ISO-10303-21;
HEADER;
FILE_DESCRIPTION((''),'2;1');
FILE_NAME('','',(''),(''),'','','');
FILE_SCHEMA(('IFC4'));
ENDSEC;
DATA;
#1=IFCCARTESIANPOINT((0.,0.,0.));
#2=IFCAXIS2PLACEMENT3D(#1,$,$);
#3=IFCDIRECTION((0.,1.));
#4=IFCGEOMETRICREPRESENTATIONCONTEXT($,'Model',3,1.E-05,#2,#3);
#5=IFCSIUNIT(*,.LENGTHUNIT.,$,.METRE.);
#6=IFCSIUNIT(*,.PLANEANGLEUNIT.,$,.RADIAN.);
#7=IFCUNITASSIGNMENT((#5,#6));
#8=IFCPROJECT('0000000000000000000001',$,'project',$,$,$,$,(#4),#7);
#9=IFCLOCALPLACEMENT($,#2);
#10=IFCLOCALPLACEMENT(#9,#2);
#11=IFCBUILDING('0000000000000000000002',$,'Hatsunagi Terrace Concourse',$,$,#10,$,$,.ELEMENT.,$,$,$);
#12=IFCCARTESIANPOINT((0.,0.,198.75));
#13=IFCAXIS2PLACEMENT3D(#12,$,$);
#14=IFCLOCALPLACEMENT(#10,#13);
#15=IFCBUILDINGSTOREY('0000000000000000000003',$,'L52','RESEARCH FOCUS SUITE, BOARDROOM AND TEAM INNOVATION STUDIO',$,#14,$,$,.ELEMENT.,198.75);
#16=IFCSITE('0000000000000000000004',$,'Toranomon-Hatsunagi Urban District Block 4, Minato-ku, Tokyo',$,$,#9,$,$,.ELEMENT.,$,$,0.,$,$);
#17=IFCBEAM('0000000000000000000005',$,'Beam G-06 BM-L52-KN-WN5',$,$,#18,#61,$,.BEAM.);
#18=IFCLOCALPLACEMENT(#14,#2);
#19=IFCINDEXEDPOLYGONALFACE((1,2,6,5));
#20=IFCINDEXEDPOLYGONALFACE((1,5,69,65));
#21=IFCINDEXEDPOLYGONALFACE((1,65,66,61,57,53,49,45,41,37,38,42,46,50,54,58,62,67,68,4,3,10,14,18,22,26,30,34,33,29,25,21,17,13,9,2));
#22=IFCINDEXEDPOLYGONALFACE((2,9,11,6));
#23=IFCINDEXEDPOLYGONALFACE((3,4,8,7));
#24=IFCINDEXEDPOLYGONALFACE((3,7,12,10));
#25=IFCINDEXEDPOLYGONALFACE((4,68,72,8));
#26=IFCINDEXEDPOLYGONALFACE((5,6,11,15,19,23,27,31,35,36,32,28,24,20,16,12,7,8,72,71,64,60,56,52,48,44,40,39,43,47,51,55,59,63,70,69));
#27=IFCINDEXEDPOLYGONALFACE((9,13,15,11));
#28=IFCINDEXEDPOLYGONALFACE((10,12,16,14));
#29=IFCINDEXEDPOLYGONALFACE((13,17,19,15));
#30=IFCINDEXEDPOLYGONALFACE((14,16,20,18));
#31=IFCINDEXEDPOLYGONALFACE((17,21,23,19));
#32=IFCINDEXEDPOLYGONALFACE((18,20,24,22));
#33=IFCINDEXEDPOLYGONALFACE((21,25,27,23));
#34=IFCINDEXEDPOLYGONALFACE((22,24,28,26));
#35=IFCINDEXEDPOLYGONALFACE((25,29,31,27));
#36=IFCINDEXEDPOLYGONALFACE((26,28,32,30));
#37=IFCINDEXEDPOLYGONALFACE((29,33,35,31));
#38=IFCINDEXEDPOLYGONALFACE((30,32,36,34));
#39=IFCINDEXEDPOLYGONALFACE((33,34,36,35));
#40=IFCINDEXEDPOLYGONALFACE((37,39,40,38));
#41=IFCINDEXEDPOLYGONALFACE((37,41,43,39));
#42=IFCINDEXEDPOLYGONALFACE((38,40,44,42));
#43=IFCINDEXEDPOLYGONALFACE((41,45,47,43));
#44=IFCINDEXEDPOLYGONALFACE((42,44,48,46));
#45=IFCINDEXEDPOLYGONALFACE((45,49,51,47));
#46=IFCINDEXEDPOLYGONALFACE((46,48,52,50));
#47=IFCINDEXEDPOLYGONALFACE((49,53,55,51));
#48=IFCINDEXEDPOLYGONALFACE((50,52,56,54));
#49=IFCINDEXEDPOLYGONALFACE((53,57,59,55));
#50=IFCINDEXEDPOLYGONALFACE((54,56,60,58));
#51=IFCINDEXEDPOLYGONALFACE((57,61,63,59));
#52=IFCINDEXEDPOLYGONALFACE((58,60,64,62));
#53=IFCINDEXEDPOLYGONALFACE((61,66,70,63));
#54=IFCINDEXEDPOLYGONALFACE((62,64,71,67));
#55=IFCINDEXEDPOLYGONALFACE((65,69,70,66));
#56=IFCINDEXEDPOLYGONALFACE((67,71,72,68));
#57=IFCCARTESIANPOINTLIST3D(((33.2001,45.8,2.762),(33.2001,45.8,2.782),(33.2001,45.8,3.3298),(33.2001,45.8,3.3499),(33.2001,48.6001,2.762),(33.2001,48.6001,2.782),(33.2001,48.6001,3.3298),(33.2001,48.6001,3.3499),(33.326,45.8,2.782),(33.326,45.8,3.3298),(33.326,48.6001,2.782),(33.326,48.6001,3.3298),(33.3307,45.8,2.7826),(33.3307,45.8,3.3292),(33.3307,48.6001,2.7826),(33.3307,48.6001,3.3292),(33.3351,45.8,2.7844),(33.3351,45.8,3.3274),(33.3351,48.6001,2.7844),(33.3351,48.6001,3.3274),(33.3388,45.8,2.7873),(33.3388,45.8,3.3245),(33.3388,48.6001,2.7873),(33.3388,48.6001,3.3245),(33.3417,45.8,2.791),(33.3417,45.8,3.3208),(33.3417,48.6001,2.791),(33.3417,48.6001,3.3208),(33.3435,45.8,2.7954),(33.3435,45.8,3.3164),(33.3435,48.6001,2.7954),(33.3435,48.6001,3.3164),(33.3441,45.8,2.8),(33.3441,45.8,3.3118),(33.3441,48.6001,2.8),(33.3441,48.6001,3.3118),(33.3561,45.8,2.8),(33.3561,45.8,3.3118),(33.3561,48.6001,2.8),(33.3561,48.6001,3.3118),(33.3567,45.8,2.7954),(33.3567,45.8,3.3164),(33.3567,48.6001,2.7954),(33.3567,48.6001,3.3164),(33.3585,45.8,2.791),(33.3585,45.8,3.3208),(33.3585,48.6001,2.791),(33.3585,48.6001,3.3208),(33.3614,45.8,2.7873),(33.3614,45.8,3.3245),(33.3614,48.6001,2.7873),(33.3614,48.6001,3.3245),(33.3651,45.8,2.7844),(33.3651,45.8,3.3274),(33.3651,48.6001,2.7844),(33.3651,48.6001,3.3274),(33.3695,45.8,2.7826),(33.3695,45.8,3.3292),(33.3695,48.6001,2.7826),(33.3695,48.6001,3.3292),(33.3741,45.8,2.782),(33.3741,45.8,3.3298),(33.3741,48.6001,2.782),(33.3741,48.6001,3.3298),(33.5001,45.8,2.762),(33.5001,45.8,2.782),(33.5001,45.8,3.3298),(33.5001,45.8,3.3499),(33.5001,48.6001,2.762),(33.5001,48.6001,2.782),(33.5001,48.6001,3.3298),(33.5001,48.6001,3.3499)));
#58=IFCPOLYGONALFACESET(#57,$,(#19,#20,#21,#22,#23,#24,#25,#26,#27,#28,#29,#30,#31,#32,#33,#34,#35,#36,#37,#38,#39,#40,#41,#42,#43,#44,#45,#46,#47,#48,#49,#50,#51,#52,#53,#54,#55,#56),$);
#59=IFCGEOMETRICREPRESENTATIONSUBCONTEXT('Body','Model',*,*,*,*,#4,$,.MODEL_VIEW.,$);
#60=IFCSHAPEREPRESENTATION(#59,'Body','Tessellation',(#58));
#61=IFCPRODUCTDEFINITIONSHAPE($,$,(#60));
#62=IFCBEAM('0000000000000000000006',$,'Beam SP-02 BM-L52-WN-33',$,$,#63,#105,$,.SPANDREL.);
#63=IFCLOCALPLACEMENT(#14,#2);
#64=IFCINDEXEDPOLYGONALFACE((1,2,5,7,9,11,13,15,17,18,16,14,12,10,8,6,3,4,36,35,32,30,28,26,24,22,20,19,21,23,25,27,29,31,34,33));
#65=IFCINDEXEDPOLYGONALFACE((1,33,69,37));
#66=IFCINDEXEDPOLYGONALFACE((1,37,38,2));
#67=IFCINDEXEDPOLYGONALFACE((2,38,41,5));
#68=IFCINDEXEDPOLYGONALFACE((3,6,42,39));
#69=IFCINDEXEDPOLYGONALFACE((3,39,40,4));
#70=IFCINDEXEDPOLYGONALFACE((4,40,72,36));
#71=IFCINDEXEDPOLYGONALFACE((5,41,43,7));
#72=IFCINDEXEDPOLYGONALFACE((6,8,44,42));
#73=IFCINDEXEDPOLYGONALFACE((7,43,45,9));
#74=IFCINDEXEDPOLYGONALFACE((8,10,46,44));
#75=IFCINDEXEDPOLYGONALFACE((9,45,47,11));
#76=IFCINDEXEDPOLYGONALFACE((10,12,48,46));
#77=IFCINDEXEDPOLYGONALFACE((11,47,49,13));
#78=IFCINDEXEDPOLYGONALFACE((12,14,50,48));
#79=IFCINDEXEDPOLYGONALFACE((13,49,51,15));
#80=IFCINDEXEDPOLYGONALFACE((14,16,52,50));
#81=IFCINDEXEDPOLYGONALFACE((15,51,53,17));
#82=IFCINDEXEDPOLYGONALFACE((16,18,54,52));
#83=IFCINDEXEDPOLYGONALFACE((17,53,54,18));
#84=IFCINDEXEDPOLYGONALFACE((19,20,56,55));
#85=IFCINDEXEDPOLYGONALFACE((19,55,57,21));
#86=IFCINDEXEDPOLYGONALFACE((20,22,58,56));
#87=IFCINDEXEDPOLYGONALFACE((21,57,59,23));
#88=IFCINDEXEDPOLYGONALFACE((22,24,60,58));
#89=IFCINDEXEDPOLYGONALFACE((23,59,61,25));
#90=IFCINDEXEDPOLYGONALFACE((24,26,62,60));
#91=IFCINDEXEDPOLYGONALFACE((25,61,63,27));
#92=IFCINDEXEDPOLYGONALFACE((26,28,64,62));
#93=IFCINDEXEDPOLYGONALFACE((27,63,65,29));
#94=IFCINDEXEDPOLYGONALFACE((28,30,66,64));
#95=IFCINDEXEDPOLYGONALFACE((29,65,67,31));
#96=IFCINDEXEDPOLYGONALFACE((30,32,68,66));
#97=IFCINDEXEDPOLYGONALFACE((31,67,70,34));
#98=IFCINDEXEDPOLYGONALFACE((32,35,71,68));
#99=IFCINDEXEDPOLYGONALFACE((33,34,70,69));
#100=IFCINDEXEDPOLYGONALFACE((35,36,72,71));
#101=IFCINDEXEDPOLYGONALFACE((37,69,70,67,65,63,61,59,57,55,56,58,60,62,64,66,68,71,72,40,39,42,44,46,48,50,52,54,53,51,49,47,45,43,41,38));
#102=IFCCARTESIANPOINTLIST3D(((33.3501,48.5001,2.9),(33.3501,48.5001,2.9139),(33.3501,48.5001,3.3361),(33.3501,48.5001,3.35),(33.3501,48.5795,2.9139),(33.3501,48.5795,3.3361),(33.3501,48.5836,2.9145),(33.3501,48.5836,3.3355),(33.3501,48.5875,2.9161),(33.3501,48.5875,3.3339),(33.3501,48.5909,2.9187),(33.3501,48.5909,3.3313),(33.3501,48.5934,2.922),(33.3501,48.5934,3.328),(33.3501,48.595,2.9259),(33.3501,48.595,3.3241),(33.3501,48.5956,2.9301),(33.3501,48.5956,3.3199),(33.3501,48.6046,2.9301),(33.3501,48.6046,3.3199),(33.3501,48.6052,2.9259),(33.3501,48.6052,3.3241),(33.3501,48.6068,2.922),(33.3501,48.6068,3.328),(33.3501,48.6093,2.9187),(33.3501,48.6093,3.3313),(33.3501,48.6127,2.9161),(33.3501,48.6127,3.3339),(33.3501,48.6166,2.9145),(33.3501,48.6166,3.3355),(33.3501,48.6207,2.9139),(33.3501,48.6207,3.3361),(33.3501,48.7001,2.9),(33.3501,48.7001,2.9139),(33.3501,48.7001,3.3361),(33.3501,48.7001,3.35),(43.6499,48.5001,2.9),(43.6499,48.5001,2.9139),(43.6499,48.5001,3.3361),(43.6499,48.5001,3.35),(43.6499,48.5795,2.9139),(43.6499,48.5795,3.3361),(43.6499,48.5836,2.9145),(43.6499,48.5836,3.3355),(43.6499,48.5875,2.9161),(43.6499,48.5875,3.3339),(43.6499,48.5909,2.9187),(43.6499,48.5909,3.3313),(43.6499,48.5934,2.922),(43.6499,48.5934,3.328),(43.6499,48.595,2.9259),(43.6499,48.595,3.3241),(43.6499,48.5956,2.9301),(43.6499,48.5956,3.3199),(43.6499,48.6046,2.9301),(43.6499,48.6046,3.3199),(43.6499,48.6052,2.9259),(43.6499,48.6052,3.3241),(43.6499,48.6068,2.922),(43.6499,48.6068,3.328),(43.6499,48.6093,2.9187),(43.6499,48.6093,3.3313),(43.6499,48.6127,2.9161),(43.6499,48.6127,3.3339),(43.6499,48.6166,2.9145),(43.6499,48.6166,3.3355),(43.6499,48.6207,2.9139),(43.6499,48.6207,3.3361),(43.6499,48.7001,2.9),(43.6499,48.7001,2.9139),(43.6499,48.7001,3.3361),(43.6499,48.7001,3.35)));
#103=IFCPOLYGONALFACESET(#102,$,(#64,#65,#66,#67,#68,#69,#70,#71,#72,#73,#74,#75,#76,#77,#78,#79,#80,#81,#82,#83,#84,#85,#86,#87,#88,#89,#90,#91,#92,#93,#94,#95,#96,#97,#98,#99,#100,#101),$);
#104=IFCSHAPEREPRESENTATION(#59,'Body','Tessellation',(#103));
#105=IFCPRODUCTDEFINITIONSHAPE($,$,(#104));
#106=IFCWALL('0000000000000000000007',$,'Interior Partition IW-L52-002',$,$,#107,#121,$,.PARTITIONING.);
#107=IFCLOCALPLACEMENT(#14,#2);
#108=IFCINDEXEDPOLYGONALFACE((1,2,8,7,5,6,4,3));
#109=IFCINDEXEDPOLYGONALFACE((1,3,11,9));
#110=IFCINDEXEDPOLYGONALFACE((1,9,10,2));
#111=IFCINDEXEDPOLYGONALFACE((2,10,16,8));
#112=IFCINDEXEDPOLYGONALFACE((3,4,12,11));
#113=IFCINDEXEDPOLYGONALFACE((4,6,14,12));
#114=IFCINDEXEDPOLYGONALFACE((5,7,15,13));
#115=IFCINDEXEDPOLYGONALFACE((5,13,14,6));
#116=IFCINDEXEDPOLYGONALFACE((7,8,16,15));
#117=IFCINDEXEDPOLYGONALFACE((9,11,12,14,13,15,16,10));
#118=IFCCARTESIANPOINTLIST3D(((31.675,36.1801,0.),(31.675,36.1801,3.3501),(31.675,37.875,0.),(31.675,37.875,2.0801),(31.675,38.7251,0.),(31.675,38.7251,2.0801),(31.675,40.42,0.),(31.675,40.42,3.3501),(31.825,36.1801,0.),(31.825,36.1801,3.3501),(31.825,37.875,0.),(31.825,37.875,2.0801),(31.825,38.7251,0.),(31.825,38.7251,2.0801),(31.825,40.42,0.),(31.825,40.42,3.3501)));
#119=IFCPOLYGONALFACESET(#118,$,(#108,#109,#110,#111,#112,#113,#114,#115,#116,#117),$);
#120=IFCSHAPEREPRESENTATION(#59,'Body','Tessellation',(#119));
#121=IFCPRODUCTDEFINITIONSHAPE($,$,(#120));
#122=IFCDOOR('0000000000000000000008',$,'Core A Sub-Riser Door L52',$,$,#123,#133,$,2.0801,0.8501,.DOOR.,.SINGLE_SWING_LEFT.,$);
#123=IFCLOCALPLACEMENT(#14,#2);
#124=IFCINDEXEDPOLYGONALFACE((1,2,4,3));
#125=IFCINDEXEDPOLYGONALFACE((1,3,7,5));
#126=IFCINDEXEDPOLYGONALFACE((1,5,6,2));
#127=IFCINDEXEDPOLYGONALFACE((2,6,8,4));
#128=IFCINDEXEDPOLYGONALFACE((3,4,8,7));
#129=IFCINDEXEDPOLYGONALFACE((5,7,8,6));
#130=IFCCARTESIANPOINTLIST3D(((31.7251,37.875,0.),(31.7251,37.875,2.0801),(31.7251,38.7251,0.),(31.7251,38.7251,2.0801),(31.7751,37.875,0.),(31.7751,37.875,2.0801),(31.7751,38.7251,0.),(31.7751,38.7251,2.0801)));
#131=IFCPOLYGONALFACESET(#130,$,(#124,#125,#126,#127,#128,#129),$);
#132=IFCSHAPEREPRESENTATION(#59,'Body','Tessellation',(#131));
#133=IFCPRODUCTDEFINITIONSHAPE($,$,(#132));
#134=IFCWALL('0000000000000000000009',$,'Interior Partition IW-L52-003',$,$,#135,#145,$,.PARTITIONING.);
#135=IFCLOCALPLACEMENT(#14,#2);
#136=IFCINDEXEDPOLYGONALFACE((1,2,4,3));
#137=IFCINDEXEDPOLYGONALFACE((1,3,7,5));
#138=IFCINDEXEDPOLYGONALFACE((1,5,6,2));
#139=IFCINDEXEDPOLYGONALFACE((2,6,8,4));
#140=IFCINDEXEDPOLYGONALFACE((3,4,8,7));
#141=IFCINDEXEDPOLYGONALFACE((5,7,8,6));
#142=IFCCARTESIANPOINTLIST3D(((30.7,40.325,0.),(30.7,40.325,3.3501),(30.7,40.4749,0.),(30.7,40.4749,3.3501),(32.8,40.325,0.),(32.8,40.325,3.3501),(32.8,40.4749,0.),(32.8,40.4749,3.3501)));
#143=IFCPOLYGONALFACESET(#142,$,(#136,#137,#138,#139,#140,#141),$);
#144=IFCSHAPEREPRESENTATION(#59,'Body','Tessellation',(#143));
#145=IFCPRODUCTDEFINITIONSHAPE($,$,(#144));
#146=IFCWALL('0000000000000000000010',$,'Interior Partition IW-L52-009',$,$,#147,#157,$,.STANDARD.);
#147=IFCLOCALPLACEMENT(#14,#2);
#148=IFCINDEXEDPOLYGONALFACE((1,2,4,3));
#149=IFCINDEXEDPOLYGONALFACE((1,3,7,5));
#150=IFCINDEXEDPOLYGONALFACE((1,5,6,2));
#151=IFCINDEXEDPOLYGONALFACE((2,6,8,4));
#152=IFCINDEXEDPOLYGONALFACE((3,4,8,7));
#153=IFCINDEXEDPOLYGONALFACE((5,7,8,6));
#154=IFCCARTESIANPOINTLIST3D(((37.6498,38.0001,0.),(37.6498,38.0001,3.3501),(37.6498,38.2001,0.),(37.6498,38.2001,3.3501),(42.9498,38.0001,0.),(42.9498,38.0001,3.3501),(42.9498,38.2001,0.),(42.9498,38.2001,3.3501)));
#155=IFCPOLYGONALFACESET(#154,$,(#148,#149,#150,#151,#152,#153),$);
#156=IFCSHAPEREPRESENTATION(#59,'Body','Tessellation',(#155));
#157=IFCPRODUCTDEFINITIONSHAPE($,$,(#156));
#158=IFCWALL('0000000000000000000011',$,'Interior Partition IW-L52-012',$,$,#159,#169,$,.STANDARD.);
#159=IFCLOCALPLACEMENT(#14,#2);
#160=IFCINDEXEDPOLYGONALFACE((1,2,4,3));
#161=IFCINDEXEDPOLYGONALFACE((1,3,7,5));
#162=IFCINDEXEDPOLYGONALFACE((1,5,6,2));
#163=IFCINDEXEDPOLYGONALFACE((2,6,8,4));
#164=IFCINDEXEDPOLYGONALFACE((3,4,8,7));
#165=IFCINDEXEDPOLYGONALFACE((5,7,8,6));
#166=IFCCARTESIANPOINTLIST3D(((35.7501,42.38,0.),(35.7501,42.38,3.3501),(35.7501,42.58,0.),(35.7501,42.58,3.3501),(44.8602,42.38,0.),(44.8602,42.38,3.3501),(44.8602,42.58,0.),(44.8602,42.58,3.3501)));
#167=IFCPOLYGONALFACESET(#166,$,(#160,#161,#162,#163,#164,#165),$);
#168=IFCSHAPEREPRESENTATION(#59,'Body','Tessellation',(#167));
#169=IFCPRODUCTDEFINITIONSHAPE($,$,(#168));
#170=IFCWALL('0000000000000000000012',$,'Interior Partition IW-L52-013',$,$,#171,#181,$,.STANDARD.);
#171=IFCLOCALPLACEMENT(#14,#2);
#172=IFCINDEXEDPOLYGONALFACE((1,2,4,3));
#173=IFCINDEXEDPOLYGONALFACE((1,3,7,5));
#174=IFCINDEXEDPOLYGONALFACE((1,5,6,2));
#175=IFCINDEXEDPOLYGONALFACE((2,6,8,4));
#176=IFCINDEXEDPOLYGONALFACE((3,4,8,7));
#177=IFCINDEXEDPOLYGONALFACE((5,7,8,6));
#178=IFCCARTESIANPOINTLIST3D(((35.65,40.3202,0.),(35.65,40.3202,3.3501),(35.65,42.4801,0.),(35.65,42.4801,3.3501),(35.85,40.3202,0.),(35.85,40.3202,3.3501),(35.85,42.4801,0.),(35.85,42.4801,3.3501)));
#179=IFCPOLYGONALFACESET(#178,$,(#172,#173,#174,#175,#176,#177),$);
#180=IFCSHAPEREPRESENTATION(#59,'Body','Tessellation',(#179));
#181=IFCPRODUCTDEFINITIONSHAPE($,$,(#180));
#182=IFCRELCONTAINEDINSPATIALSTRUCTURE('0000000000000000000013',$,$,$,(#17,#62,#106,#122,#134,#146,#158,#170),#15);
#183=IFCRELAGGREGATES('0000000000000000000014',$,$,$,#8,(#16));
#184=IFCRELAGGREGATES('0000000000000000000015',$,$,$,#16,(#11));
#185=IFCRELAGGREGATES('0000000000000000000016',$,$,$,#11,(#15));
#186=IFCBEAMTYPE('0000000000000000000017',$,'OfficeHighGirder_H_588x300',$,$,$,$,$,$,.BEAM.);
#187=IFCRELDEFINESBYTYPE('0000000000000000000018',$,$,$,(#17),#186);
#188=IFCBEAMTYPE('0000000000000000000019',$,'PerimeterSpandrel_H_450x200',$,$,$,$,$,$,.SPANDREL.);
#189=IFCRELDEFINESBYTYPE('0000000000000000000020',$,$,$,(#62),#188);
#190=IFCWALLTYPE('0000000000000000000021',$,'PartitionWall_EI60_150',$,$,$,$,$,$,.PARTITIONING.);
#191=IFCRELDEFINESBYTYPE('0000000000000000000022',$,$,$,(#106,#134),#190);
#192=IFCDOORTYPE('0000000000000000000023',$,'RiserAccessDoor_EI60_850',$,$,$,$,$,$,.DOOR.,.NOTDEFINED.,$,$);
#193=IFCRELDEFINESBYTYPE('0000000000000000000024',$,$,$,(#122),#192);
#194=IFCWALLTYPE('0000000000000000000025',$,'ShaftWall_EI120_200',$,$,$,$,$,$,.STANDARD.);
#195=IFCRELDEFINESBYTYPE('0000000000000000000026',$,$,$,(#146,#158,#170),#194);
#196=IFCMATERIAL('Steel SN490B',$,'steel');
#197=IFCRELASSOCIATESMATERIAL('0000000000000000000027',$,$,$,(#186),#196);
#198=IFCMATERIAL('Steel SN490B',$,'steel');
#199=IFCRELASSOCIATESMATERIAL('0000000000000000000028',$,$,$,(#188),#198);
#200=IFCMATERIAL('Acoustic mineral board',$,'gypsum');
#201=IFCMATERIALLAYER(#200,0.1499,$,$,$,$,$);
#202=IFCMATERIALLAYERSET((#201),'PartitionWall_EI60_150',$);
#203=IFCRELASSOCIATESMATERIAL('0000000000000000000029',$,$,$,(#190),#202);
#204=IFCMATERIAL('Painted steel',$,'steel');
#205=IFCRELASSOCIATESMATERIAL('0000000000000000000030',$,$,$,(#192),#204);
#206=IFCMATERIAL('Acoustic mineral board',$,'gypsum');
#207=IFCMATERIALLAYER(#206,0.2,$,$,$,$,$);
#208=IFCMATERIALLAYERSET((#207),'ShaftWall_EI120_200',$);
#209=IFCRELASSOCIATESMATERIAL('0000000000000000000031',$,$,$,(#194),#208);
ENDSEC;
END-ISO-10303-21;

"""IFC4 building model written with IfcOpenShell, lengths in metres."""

from ifc_helpers import new_model, si_unit, direction, frame, frame_2d, origin, origin_2d, place, context, subcontext, project, spatial, rectangle, i_section, extrude, material, layer, layer_set, material_profile, profile_set, type_object, element, fill, save


model = new_model("IFC4")

# Units and contexts
model_context = context("Model", 3, precision=1e-05, world=origin(), true_north=direction((0.0, 1.0)))
body_context = subcontext(model_context, "Body", "Model", "MODEL_VIEW")
ifc_project = project(units=[si_unit("LENGTHUNIT", "METRE"), si_unit("PLANEANGLEUNIT", "RADIAN")], contexts=[model_context])

# Site, building, storey
site_placement = place(None, origin())
site = spatial("IfcSite", under=ifc_project, at=site_placement, Name="Toranomon-Hatsunagi Urban District Block 4, Minato-ku, Tokyo", CompositionType="ELEMENT", RefElevation=0.0)
building_placement = place(site_placement, origin())
building = spatial("IfcBuilding", under=site, at=building_placement, Name="Hatsunagi Terrace Concourse", CompositionType="ELEMENT")
storey_placement = place(building_placement, frame((0.0, 0.0, 198.75)))
storey = spatial("IfcBuildingStorey", under=building, at=storey_placement, Name="L52", Description="RESEARCH FOCUS SUITE, BOARDROOM AND TEAM INNOVATION STUDIO", CompositionType="ELEMENT", Elevation=198.75)

# Beams
ifc_material_1 = material(Name="Steel SN490B", Category="steel")
ifc_material_profile_1 = material_profile(ifc_material_1, i_section(OverallWidth=0.3, OverallDepth=0.5879, WebThickness=0.012, FlangeThickness=0.02, FilletRadius=0.0181, at=origin_2d()), Name="H-588x300x12x20")
ifc_profile_set_1 = profile_set([ifc_material_profile_1], Name="Steel SN490B")
beam_type_1 = type_object("IfcBeamType", Name="OfficeHighGirder_H_588x300", PredefinedType="BEAM", material=ifc_profile_set_1)
beam_1_placement = place(storey_placement, frame((33.3501, 45.8, 3.0559), z_axis=(0.0, 1.0, 0.0), x_axis=(-1.0, 0.0, 0.0)))
element("IfcBeam", 1, at=beam_1_placement, inside=storey, type_object=beam_type_1, Name="Beam G-06 BM-L52-KN-WN5", PredefinedType="BEAM", context=body_context, shape_type="SweptSolid", body=[
    extrude(i_section(OverallWidth=0.3, OverallDepth=0.5879, WebThickness=0.012, FlangeThickness=0.02, FilletRadius=0.0181, at=origin_2d()), origin(), (0.0, 0.0, 1.0), 2.8),
])
ifc_material_2 = material(Name="Steel SN490B", Category="steel")
ifc_material_profile_2 = material_profile(ifc_material_2, i_section(OverallWidth=0.2, OverallDepth=0.45, WebThickness=0.009, FlangeThickness=0.0139, FilletRadius=0.0161, at=origin_2d()), Name="H-450x200x9x14")
ifc_profile_set_2 = profile_set([ifc_material_profile_2], Name="Steel SN490B")
beam_type_2 = type_object("IfcBeamType", Name="PerimeterSpandrel_H_450x200", PredefinedType="SPANDREL", material=ifc_profile_set_2)
beam_2_placement = place(storey_placement, frame((33.3501, 48.6001, 3.125), z_axis=(1.0, 0.0, 0.0), x_axis=(0.0, 1.0, 0.0)))
element("IfcBeam", 2, at=beam_2_placement, inside=storey, type_object=beam_type_2, Name="Beam SP-02 BM-L52-WN-33", PredefinedType="SPANDREL", context=body_context, shape_type="SweptSolid", body=[
    extrude(i_section(OverallWidth=0.2, OverallDepth=0.45, WebThickness=0.009, FlangeThickness=0.0139, FilletRadius=0.0161, at=origin_2d()), origin(), (0.0, 0.0, 1.0), 10.2998),
])

# Wall, opening, door
ifc_material_3 = material(Name="Acoustic mineral board", Category="gypsum")
ifc_layer_1 = layer(ifc_material_3, 0.1499)
ifc_layer_set_1 = layer_set([ifc_layer_1], Name="PartitionWall_EI60_150")
wall_type_1 = type_object("IfcWallType", Name="PartitionWall_EI60_150", PredefinedType="PARTITIONING", material=ifc_layer_set_1)
wall_1_placement = place(storey_placement, frame((31.75, 36.1799, 0.0), z_axis=(0.0, 0.0, 1.0), x_axis=(0.0, 1.0, 0.0)))
wall_1 = element("IfcWall", 3, at=wall_1_placement, inside=storey, type_object=wall_type_1, Name="Interior Partition IW-L52-002", PredefinedType="PARTITIONING", context=body_context, shape_type="SweptSolid", body=[
    extrude(rectangle(XDim=4.24, YDim=0.1499, at=frame_2d((2.1201, 0.0))), origin(), (0.0, 0.0, 1.0), 3.3501),
])
opening_1_placement = place(wall_1_placement, frame((1.6951, 0.0, 0.0)))
opening_1 = element("IfcOpeningElement", 4, at=opening_1_placement, cuts=wall_1, PredefinedType="OPENING", context=body_context, shape_type="SweptSolid", body=[
    extrude(rectangle(XDim=0.8501, YDim=2.0801, at=frame_2d((0.425, 1.04))), frame((0.0, 0.085, 0.0), z_axis=(0.0, -1.0, 0.0), x_axis=(1.0, 0.0, 0.0)), (0.0, 0.0, 1.0), 0.1699),
])
ifc_material_4 = material(Name="Painted steel", Category="steel")
door_type_1 = type_object("IfcDoorType", Name="RiserAccessDoor_EI60_850", OperationType="NOTDEFINED", PredefinedType="DOOR", material=ifc_material_4)
door_1_placement = place(opening_1_placement, origin())
door_1 = element("IfcDoor", 5, at=door_1_placement, inside=storey, type_object=door_type_1, Name="Core A Sub-Riser Door L52", OperationType="SINGLE_SWING_LEFT", OverallHeight=2.0801, OverallWidth=0.8501, PredefinedType="DOOR", context=body_context, shape_type="SweptSolid", body=[
    extrude(rectangle(XDim=0.8501, YDim=2.0801, at=frame_2d((0.425, 1.04))), frame((0.0, 0.0249, 0.0), z_axis=(0.0, -1.0, 0.0), x_axis=(1.0, 0.0, 0.0)), (0.0, 0.0, 1.0), 0.05),
])
fill(opening_1, door_1)

# Wall
wall_2_placement = place(storey_placement, frame((30.7, 40.3999, 0.0), z_axis=(0.0, 0.0, 1.0), x_axis=(1.0, 0.0, 0.0)))
element("IfcWall", 6, at=wall_2_placement, inside=storey, type_object=wall_type_1, Name="Interior Partition IW-L52-003", PredefinedType="PARTITIONING", context=body_context, shape_type="SweptSolid", body=[
    extrude(rectangle(XDim=2.1001, YDim=0.1499, at=frame_2d((1.05, 0.0))), origin(), (0.0, 0.0, 1.0), 3.3501),
])

# Walls
ifc_material_5 = material(Name="Acoustic mineral board", Category="gypsum")
ifc_layer_2 = layer(ifc_material_5, 0.2)
ifc_layer_set_2 = layer_set([ifc_layer_2], Name="ShaftWall_EI120_200")
wall_type_2 = type_object("IfcWallType", Name="ShaftWall_EI120_200", PredefinedType="STANDARD", material=ifc_layer_set_2)
wall_3_placement = place(storey_placement, frame((37.6499, 38.1001, 0.0), z_axis=(0.0, 0.0, 1.0), x_axis=(1.0, 0.0, 0.0)))
element("IfcWall", 7, at=wall_3_placement, inside=storey, type_object=wall_type_2, Name="Interior Partition IW-L52-009", PredefinedType="STANDARD", context=body_context, shape_type="SweptSolid", body=[
    extrude(rectangle(XDim=5.3, YDim=0.2, at=frame_2d((2.6499, 0.0))), origin(), (0.0, 0.0, 1.0), 3.3501),
])
wall_4_placement = place(storey_placement, frame((35.75, 42.48, 0.0), z_axis=(0.0, 0.0, 1.0), x_axis=(1.0, 0.0, 0.0)))
element("IfcWall", 8, at=wall_4_placement, inside=storey, type_object=wall_type_2, Name="Interior Partition IW-L52-012", PredefinedType="STANDARD", context=body_context, shape_type="SweptSolid", body=[
    extrude(rectangle(XDim=9.1101, YDim=0.2, at=frame_2d((4.5552, 0.0))), origin(), (0.0, 0.0, 1.0), 3.3501),
])
for number, where, z_axis, x_axis, name in (
    (9, (35.75, 40.3201, 0.0), (0.0, 0.0, 1.0), (0.0, 1.0, 0.0), "Interior Partition IW-L52-013"),
):
    element("IfcWall", number, at=place(storey_placement, frame(where, z_axis=z_axis, x_axis=x_axis)), inside=storey, type_object=wall_type_2, Name=name, PredefinedType="STANDARD", context=body_context, shape_type="SweptSolid", body=[
        extrude(rectangle(XDim=2.1599, YDim=0.2, at=frame_2d((1.0801, 0.0))), origin(), (0.0, 0.0, 1.0), 3.3501),
    ])

save(model, "model.ifc")
